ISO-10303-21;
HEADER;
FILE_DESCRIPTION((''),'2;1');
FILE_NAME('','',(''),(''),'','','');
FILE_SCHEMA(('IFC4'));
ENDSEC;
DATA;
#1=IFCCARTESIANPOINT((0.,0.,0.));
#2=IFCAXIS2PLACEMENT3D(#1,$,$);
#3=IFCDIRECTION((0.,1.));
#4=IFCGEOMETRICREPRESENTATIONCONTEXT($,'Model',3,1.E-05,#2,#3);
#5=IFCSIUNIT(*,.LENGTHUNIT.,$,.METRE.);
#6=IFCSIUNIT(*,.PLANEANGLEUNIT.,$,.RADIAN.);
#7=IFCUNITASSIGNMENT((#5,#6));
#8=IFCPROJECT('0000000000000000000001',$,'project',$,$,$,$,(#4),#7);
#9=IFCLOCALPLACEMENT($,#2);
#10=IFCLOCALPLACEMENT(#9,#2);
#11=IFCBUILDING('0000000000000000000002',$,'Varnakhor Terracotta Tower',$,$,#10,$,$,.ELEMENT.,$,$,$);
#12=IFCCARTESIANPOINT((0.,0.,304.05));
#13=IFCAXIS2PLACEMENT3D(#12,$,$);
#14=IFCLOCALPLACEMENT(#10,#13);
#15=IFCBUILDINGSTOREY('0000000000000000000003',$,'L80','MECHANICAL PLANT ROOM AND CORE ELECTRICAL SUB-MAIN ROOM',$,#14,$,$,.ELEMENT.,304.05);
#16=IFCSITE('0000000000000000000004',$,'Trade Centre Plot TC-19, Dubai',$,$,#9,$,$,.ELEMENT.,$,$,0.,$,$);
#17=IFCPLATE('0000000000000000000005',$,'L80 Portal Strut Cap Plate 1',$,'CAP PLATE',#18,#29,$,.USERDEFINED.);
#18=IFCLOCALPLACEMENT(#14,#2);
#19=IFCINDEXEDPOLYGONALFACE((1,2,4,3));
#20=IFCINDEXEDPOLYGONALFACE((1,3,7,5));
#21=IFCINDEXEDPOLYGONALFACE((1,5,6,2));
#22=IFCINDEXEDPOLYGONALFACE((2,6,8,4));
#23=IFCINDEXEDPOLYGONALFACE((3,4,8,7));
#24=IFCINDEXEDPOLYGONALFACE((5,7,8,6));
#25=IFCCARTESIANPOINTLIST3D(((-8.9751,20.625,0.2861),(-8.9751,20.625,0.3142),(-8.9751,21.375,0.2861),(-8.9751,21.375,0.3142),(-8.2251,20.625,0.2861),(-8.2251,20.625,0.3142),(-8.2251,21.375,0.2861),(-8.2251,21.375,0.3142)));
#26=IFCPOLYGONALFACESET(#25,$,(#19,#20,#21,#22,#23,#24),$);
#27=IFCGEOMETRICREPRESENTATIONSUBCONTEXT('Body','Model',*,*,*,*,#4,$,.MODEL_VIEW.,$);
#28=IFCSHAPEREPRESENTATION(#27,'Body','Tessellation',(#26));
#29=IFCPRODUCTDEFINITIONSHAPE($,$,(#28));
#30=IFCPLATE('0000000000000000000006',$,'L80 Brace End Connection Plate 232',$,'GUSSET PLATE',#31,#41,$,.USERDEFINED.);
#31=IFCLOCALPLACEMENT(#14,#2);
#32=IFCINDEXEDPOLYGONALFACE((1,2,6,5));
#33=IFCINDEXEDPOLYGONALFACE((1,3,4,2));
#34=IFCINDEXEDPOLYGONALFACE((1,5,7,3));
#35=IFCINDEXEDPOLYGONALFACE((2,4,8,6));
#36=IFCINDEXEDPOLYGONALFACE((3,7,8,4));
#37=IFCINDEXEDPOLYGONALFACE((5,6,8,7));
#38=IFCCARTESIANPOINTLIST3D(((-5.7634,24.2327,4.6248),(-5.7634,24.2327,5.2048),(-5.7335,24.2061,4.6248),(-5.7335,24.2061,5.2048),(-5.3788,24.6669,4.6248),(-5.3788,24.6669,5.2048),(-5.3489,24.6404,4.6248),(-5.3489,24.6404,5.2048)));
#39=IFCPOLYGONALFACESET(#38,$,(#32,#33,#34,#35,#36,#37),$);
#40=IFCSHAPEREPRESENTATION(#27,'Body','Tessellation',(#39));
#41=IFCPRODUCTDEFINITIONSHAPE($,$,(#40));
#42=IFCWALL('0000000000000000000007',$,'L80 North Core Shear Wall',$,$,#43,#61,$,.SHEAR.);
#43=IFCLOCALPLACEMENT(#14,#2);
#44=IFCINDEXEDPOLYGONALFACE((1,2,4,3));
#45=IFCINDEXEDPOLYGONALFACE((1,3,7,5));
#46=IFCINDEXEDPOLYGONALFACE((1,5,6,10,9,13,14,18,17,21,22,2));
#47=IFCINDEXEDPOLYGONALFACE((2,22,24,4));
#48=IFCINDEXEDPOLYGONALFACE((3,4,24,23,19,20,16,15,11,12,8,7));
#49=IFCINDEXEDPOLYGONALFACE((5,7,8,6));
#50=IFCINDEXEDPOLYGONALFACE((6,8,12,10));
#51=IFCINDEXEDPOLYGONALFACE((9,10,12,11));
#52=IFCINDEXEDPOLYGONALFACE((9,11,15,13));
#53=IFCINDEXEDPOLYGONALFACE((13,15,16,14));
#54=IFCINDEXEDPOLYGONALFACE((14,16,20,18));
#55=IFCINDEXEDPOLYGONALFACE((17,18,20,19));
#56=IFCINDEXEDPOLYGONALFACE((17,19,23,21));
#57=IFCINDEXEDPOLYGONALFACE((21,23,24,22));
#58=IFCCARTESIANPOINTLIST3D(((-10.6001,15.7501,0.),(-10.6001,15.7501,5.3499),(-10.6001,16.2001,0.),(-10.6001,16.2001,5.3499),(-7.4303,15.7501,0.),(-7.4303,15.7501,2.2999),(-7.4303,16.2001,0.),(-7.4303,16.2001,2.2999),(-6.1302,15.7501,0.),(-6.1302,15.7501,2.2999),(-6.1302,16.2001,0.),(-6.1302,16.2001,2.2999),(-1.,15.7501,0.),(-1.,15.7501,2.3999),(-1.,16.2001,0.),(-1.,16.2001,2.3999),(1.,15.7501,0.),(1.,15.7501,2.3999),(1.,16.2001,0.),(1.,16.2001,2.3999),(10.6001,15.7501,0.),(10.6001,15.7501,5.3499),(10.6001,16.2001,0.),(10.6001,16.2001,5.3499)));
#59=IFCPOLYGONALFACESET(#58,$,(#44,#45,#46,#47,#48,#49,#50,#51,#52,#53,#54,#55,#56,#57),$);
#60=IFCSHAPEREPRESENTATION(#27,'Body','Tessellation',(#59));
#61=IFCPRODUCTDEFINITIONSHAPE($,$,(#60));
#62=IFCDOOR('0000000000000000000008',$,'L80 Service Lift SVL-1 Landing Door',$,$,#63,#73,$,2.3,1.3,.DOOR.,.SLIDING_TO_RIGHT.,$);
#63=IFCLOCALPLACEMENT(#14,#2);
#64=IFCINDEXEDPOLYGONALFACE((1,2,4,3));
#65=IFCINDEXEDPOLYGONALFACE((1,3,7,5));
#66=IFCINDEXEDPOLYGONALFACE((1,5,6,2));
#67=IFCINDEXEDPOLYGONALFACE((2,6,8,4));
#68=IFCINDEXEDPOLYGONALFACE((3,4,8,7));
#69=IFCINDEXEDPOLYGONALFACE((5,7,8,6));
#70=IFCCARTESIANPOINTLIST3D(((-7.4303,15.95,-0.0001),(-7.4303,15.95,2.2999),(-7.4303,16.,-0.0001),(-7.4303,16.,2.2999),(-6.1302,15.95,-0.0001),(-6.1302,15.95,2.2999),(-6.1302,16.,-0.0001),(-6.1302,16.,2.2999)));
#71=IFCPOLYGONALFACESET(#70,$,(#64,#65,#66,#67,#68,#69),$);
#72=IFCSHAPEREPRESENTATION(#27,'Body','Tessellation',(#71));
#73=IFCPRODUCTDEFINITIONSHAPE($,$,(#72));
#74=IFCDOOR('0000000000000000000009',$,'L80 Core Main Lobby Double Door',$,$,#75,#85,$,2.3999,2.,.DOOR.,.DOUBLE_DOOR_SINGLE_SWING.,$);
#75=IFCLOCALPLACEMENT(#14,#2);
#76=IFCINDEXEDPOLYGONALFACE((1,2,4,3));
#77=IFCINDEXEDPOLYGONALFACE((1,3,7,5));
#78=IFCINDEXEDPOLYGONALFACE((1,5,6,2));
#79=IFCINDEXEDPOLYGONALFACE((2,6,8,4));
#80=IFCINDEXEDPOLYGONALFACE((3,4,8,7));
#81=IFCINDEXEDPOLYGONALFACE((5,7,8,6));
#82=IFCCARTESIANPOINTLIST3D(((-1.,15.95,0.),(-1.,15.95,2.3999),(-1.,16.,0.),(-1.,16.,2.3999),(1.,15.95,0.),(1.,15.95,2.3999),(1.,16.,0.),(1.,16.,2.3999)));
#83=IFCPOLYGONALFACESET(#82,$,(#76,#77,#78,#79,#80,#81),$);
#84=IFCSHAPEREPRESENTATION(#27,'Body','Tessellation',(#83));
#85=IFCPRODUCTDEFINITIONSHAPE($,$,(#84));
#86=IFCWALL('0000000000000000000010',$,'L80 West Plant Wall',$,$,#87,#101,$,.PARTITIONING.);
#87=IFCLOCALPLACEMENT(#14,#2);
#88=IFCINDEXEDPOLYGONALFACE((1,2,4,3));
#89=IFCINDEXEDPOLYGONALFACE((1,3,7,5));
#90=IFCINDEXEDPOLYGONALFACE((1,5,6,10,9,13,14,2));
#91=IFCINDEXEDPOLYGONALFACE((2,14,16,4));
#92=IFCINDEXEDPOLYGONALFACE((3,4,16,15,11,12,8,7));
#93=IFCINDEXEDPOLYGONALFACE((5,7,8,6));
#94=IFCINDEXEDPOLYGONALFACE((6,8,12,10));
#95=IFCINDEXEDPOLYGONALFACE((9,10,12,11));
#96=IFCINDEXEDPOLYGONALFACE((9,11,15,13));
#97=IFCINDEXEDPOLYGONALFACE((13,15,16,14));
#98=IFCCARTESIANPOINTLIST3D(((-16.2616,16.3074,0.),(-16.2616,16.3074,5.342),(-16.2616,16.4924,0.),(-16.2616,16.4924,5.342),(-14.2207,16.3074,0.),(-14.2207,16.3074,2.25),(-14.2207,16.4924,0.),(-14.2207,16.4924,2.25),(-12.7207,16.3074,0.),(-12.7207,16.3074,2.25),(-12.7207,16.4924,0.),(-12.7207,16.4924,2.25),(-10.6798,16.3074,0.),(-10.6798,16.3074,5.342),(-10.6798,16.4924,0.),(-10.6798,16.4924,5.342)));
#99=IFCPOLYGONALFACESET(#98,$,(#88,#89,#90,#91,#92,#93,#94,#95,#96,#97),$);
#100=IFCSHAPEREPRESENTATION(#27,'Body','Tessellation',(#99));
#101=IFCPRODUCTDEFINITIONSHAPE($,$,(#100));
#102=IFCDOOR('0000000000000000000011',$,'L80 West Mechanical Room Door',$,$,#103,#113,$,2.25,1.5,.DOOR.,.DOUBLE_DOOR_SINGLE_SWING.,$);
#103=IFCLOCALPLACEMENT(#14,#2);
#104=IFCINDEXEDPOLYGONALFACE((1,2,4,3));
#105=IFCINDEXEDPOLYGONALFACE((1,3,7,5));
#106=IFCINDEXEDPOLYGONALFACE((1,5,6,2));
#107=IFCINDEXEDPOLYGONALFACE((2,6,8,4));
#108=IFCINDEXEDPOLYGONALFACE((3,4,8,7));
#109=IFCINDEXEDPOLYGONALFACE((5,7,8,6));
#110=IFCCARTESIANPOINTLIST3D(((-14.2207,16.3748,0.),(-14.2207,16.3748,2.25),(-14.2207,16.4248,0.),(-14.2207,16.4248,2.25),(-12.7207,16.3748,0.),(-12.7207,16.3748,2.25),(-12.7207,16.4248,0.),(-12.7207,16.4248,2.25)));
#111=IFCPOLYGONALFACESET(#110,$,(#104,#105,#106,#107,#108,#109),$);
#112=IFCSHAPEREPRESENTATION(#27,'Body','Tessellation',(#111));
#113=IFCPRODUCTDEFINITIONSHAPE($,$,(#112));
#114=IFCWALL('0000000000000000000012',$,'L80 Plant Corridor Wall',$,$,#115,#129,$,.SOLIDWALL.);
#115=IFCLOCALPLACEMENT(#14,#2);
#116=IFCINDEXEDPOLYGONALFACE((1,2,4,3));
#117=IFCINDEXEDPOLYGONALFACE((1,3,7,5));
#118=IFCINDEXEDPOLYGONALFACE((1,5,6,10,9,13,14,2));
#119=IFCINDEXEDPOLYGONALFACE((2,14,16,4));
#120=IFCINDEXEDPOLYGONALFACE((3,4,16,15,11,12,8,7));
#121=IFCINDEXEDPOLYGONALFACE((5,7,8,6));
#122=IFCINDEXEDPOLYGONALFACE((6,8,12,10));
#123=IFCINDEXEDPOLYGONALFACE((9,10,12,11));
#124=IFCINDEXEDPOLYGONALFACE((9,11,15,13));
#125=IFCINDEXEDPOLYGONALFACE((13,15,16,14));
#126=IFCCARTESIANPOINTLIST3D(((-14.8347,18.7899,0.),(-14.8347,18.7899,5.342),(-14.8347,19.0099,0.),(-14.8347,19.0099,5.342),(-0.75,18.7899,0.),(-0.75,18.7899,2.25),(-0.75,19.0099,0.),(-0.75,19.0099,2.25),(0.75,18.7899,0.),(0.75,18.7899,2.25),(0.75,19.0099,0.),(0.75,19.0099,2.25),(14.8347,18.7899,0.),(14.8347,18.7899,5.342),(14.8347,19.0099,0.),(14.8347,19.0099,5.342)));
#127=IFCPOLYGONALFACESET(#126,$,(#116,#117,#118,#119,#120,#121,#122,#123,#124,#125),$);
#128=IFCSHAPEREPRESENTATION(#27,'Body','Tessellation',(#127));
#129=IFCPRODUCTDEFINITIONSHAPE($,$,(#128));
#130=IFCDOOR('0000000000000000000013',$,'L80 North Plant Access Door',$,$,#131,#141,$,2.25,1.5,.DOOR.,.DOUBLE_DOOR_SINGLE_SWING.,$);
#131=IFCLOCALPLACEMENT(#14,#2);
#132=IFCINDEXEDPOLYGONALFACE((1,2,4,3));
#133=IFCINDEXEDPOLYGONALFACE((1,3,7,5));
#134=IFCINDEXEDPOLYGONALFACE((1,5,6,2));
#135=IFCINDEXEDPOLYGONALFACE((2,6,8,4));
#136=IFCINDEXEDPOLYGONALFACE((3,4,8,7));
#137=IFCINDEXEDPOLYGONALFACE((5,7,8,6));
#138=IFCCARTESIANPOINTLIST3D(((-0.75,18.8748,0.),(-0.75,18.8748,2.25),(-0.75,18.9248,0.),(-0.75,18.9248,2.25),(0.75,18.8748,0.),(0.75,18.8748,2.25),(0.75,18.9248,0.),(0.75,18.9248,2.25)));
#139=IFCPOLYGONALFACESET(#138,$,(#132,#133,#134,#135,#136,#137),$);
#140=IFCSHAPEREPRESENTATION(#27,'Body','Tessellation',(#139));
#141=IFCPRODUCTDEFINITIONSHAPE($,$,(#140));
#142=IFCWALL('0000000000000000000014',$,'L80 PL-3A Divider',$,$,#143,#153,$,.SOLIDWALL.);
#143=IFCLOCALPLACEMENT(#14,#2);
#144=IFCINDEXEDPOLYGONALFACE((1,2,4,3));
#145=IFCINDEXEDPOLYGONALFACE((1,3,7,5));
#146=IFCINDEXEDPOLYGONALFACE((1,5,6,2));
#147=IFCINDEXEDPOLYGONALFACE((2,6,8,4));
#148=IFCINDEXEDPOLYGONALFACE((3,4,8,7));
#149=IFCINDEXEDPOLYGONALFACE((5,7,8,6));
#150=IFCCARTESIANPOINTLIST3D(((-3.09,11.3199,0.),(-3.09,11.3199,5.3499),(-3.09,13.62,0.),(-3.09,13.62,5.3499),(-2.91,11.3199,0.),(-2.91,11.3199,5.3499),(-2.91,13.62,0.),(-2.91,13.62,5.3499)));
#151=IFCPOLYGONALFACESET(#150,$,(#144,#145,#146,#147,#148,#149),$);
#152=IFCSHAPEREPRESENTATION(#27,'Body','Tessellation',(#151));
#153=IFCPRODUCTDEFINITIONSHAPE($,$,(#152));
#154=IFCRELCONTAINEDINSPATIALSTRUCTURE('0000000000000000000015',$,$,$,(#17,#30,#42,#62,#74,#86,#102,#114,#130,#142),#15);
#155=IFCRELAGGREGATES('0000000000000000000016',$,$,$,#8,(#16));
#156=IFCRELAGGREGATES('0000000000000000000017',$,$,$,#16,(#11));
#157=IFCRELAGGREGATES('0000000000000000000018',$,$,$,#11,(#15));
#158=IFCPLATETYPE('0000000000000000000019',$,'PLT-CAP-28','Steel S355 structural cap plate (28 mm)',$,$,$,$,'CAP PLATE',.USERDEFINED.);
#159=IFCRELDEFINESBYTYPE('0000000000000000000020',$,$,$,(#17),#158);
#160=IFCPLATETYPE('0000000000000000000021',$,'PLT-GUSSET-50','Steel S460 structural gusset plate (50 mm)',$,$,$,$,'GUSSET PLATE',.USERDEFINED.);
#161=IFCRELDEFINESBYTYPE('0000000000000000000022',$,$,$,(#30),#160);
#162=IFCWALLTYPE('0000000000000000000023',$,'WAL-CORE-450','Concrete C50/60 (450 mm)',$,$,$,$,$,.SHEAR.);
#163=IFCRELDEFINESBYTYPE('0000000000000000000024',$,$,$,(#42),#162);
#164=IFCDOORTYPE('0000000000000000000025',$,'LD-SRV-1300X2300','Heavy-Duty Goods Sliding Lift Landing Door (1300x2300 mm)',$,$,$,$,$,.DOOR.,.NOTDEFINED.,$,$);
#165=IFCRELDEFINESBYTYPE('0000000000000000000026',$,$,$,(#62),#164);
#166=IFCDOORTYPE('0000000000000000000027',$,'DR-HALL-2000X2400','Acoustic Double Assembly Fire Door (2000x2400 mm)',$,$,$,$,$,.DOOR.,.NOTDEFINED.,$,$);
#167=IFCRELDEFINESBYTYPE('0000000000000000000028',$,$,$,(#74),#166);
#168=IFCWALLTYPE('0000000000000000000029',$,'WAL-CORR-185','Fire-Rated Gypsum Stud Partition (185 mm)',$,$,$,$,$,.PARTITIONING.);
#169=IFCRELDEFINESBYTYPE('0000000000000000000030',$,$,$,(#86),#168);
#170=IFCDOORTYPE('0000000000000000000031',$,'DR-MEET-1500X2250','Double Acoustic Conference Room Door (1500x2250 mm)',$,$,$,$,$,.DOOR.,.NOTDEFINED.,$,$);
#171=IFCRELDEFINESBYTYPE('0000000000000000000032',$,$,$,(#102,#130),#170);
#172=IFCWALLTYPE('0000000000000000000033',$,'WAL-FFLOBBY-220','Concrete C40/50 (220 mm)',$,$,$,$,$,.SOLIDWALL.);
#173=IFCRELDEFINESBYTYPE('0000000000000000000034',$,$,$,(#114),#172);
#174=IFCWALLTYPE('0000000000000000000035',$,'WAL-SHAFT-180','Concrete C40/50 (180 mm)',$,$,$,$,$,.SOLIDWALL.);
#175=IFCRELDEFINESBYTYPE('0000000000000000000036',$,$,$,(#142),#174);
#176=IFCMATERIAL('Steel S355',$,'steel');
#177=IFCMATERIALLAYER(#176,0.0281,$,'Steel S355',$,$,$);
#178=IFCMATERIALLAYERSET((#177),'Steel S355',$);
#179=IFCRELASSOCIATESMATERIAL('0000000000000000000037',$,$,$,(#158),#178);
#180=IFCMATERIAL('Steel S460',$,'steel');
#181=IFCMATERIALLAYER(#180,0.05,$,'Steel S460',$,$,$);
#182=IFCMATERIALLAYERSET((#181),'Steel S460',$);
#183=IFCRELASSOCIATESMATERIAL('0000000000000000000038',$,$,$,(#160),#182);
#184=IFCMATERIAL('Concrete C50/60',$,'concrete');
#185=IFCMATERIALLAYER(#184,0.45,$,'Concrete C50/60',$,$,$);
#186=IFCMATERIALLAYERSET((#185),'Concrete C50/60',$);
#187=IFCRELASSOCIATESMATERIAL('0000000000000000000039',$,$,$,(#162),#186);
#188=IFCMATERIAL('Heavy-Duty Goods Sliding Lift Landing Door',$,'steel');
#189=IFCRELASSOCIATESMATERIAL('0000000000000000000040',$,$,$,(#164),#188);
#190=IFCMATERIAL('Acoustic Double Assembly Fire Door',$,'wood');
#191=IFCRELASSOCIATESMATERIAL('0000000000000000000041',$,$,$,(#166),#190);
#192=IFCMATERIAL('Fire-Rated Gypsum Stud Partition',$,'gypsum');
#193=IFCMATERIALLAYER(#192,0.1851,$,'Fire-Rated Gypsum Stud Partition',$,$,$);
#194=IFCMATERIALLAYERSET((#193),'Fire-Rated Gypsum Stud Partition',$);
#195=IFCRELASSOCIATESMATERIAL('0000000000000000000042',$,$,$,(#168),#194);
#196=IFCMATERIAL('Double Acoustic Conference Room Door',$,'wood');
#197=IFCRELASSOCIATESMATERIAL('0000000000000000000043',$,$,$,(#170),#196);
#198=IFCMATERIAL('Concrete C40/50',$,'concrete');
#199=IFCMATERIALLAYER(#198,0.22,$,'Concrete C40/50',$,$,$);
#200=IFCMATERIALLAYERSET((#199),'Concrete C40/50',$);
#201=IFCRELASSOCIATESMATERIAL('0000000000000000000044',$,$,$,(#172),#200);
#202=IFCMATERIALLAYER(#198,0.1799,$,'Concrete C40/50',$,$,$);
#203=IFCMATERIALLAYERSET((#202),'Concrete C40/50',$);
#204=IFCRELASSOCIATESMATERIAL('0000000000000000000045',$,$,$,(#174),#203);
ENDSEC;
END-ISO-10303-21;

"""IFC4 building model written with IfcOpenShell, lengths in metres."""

from ifc_helpers import new_model, si_unit, direction, frame, frame_2d, origin, origin_2d, place, context, subcontext, project, spatial, rectangle, extrude, source, transform, mapped, material, layer, layer_set, type_object, type_shapes, element, fill, save


model = new_model("IFC4")

# Units and contexts
model_context = context("Model", 3, precision=1e-05, world=origin(), true_north=direction((0.0, 1.0)))
body_context = subcontext(model_context, "Body", "Model", "MODEL_VIEW")
ifc_project = project(units=[si_unit("LENGTHUNIT", "METRE"), si_unit("PLANEANGLEUNIT", "RADIAN")], contexts=[model_context])

# Site, building, storey
site_placement = place(None, origin())
site = spatial("IfcSite", under=ifc_project, at=site_placement, Name="Trade Centre Plot TC-19, Dubai", CompositionType="ELEMENT", RefElevation=0.0)
building_placement = place(site_placement, origin())
building = spatial("IfcBuilding", under=site, at=building_placement, Name="Varnakhor Terracotta Tower", CompositionType="ELEMENT")
storey_placement = place(building_placement, frame((0.0, 0.0, 304.05)))
storey = spatial("IfcBuildingStorey", under=building, at=storey_placement, Name="L80", Description="MECHANICAL PLANT ROOM AND CORE ELECTRICAL SUB-MAIN ROOM", CompositionType="ELEMENT", Elevation=304.05)

# Shared definitions
ifc_material_1 = material(Name="Concrete C50/60", Category="concrete")

# Shared definitions
ifc_material_2 = material(Name="Steel S355", Category="steel")

# Shared definitions
ifc_material_3 = material(Name="Steel S460", Category="steel")

# Plates
ifc_layer_1 = layer(ifc_material_2, 0.0281, Name="Steel S355")
ifc_layer_set_1 = layer_set([ifc_layer_1], Name="Steel S355")
plate_type_1 = type_object("IfcPlateType", Name="PLT-CAP-28", Description="Steel S355 structural cap plate (28 mm)", ElementType="CAP PLATE", PredefinedType="USERDEFINED", material=ifc_layer_set_1)
shared_shape_1 = source(origin(), body_context, "Body", "SweptSolid", [
    extrude(rectangle(XDim=0.75, YDim=0.75, at=origin_2d()), origin(), (0.0, 0.0, 1.0), 0.0281),
])
type_shapes(plate_type_1, [shared_shape_1])
plate_1_placement = place(storey_placement, frame((-8.6001, 21.0, 0.2861), z_axis=(0.0, 0.0, 1.0), x_axis=(1.0, 0.0, 0.0)))
element("IfcPlate", 1, at=plate_1_placement, inside=storey, type_object=plate_type_1, Name="L80 Portal Strut Cap Plate 1", ObjectType="CAP PLATE", PredefinedType="USERDEFINED", context=body_context, shape_type="MappedRepresentation", body=[
    mapped(shared_shape_1, transform((0.0, 0.0, 0.0), scale=1.0)),
])
ifc_layer_2 = layer(ifc_material_3, 0.05, Name="Steel S460")
ifc_layer_set_2 = layer_set([ifc_layer_2], Name="Steel S460")
plate_type_2 = type_object("IfcPlateType", Name="PLT-GUSSET-50", Description="Steel S460 structural gusset plate (50 mm)", ElementType="GUSSET PLATE", PredefinedType="USERDEFINED", material=ifc_layer_set_2)
shared_shape_2 = source(origin(), body_context, "Body", "SweptSolid", [
    extrude(rectangle(XDim=0.5801, YDim=0.04, at=origin_2d()), origin(), (0.0, 0.0, 1.0), 0.5801),
])
plate_2_placement = place(storey_placement, frame((-5.5562, 24.4365, 4.6248), z_axis=(0.0, 0.0, 1.0), x_axis=(0.663038, 0.748586, 0.0)))
element("IfcPlate", 2, at=plate_2_placement, inside=storey, type_object=plate_type_2, Name="L80 Brace End Connection Plate 232", ObjectType="GUSSET PLATE", PredefinedType="USERDEFINED", context=body_context, shape_type="MappedRepresentation", body=[
    mapped(shared_shape_2, transform((0.0, 0.0, 0.0), scale=1.0)),
])

# Wall, openings, doors
ifc_layer_3 = layer(ifc_material_1, 0.45, Name="Concrete C50/60")
ifc_layer_set_3 = layer_set([ifc_layer_3], Name="Concrete C50/60")
wall_type_1 = type_object("IfcWallType", Name="WAL-CORE-450", Description="Concrete C50/60 (450 mm)", PredefinedType="SHEAR", material=ifc_layer_set_3)
wall_1_placement = place(storey_placement, frame((-10.6001, 15.9751, 0.0), z_axis=(0.0, 0.0, 1.0), x_axis=(1.0, 0.0, 0.0)))
wall_1 = element("IfcWall", 3, at=wall_1_placement, inside=storey, type_object=wall_type_1, Name="L80 North Core Shear Wall", PredefinedType="SHEAR", context=body_context, shape_type="SweptSolid", body=[
    extrude(rectangle(XDim=21.2002, YDim=0.45, at=frame_2d((10.6001, 0.0))), origin(), (0.0, 0.0, 1.0), 5.3499),
])
opening_1_placement = place(wall_1_placement, frame((3.1699, 0.0, 0.0)))
opening_1 = element("IfcOpeningElement", 4, at=opening_1_placement, cuts=wall_1, PredefinedType="OPENING", context=body_context, shape_type="SweptSolid", body=[
    extrude(rectangle(XDim=1.3, YDim=2.3, at=frame_2d((0.6499, 1.1499))), frame((0.0, 0.2349, 0.0), z_axis=(0.0, -1.0, 0.0), x_axis=(1.0, 0.0, 0.0)), (0.0, 0.0, 1.0), 0.47),
])
opening_2_placement = place(wall_1_placement, frame((9.6001, 0.0, 0.0)))
opening_2 = element("IfcOpeningElement", 5, at=opening_2_placement, cuts=wall_1, PredefinedType="OPENING", context=body_context, shape_type="SweptSolid", body=[
    extrude(rectangle(XDim=2.0, YDim=2.3999, at=frame_2d((1.0, 1.2))), frame((0.0, 0.2349, 0.0), z_axis=(0.0, -1.0, 0.0), x_axis=(1.0, 0.0, 0.0)), (0.0, 0.0, 1.0), 0.47),
])
ifc_material_4 = material(Name="Heavy-Duty Goods Sliding Lift Landing Door", Category="steel")
door_type_1 = type_object("IfcDoorType", Name="LD-SRV-1300X2300", Description="Heavy-Duty Goods Sliding Lift Landing Door (1300x2300 mm)", OperationType="NOTDEFINED", PredefinedType="DOOR", material=ifc_material_4)
shared_shape_3 = source(origin(), body_context, "Body", "SweptSolid", [
    extrude(rectangle(XDim=1.3, YDim=2.3, at=frame_2d((0.6499, 1.1499))), frame((0.0, 0.0249, 0.0), z_axis=(0.0, -1.0, 0.0), x_axis=(1.0, 0.0, 0.0)), (0.0, 0.0, 1.0), 0.05),
])
type_shapes(door_type_1, [shared_shape_3])
door_1_placement = place(opening_1_placement, origin())
door_1 = element("IfcDoor", 6, at=door_1_placement, inside=storey, type_object=door_type_1, Name="L80 Service Lift SVL-1 Landing Door", OperationType="SLIDING_TO_RIGHT", OverallHeight=2.3, OverallWidth=1.3, PredefinedType="DOOR", context=body_context, shape_type="MappedRepresentation", body=[
    mapped(shared_shape_3, transform((0.0, 0.0, 0.0), scale=1.0)),
])
fill(opening_1, door_1)
ifc_material_5 = material(Name="Acoustic Double Assembly Fire Door", Category="wood")
door_type_2 = type_object("IfcDoorType", Name="DR-HALL-2000X2400", Description="Acoustic Double Assembly Fire Door (2000x2400 mm)", OperationType="NOTDEFINED", PredefinedType="DOOR", material=ifc_material_5)
shared_shape_4 = source(origin(), body_context, "Body", "SweptSolid", [
    extrude(rectangle(XDim=2.0, YDim=2.3999, at=frame_2d((1.0, 1.2))), frame((0.0, 0.0249, 0.0), z_axis=(0.0, -1.0, 0.0), x_axis=(1.0, 0.0, 0.0)), (0.0, 0.0, 1.0), 0.05),
])
type_shapes(door_type_2, [shared_shape_4])
door_2_placement = place(opening_2_placement, origin())
door_2 = element("IfcDoor", 7, at=door_2_placement, inside=storey, type_object=door_type_2, Name="L80 Core Main Lobby Double Door", OperationType="DOUBLE_DOOR_SINGLE_SWING", OverallHeight=2.3999, OverallWidth=2.0, PredefinedType="DOOR", context=body_context, shape_type="MappedRepresentation", body=[
    mapped(shared_shape_4, transform((0.0, 0.0, 0.0), scale=1.0)),
])
fill(opening_2, door_2)

# Walls, openings, doors
ifc_material_6 = material(Name="Fire-Rated Gypsum Stud Partition", Category="gypsum")
ifc_layer_4 = layer(ifc_material_6, 0.1851, Name="Fire-Rated Gypsum Stud Partition")
ifc_layer_set_4 = layer_set([ifc_layer_4], Name="Fire-Rated Gypsum Stud Partition")
wall_type_2 = type_object("IfcWallType", Name="WAL-CORR-185", Description="Fire-Rated Gypsum Stud Partition (185 mm)", PredefinedType="PARTITIONING", material=ifc_layer_set_4)
wall_2_placement = place(storey_placement, frame((-16.2617, 16.3999, 0.0), z_axis=(0.0, 0.0, 1.0), x_axis=(1.0, 0.0, 0.0)))
wall_2 = element("IfcWall", 8, at=wall_2_placement, inside=storey, type_object=wall_type_2, Name="L80 West Plant Wall", PredefinedType="PARTITIONING", context=body_context, shape_type="SweptSolid", body=[
    extrude(rectangle(XDim=5.5818, YDim=0.1851, at=frame_2d((2.791, 0.0))), origin(), (0.0, 0.0, 1.0), 5.342),
])
opening_3_placement = place(wall_2_placement, frame((2.041, 0.0, 0.0)))
opening_3 = element("IfcOpeningElement", 9, at=opening_3_placement, cuts=wall_2, PredefinedType="OPENING", context=body_context, shape_type="SweptSolid", body=[
    extrude(rectangle(XDim=1.5, YDim=2.25, at=frame_2d((0.75, 1.125))), frame((0.0, 0.1025, 0.0), z_axis=(0.0, -1.0, 0.0), x_axis=(1.0, 0.0, 0.0)), (0.0, 0.0, 1.0), 0.2051),
])
ifc_material_7 = material(Name="Double Acoustic Conference Room Door", Category="wood")
door_type_3 = type_object("IfcDoorType", Name="DR-MEET-1500X2250", Description="Double Acoustic Conference Room Door (1500x2250 mm)", OperationType="NOTDEFINED", PredefinedType="DOOR", material=ifc_material_7)
shared_shape_5 = source(origin(), body_context, "Body", "SweptSolid", [
    extrude(rectangle(XDim=1.5, YDim=2.25, at=frame_2d((0.75, 1.125))), frame((0.0, 0.0249, 0.0), z_axis=(0.0, -1.0, 0.0), x_axis=(1.0, 0.0, 0.0)), (0.0, 0.0, 1.0), 0.05),
])
type_shapes(door_type_3, [shared_shape_5])
door_3_placement = place(opening_3_placement, origin())
door_3 = element("IfcDoor", 10, at=door_3_placement, inside=storey, type_object=door_type_3, Name="L80 West Mechanical Room Door", OperationType="DOUBLE_DOOR_SINGLE_SWING", OverallHeight=2.25, OverallWidth=1.5, PredefinedType="DOOR", context=body_context, shape_type="MappedRepresentation", body=[
    mapped(shared_shape_5, transform((0.0, 0.0, 0.0), scale=1.0)),
])
fill(opening_3, door_3)
ifc_material_8 = material(Name="Concrete C40/50", Category="concrete")
ifc_layer_5 = layer(ifc_material_8, 0.22, Name="Concrete C40/50")
ifc_layer_set_5 = layer_set([ifc_layer_5], Name="Concrete C40/50")
wall_type_3 = type_object("IfcWallType", Name="WAL-FFLOBBY-220", Description="Concrete C40/50 (220 mm)", PredefinedType="SOLIDWALL", material=ifc_layer_set_5)
wall_3_placement = place(storey_placement, frame((-14.8347, 18.8999, 0.0), z_axis=(0.0, 0.0, 1.0), x_axis=(1.0, 0.0, 0.0)))
wall_3 = element("IfcWall", 11, at=wall_3_placement, inside=storey, type_object=wall_type_3, Name="L80 Plant Corridor Wall", PredefinedType="SOLIDWALL", context=body_context, shape_type="SweptSolid", body=[
    extrude(rectangle(XDim=29.6694, YDim=0.22, at=frame_2d((14.8347, 0.0))), origin(), (0.0, 0.0, 1.0), 5.342),
])
opening_4_placement = place(wall_3_placement, frame((14.0847, 0.0, 0.0)))
opening_4 = element("IfcOpeningElement", 12, at=opening_4_placement, cuts=wall_3, PredefinedType="OPENING", context=body_context, shape_type="SweptSolid", body=[
    extrude(rectangle(XDim=1.5, YDim=2.25, at=frame_2d((0.75, 1.125))), frame((0.0, 0.1201, 0.0), z_axis=(0.0, -1.0, 0.0), x_axis=(1.0, 0.0, 0.0)), (0.0, 0.0, 1.0), 0.24),
])
door_4_placement = place(opening_4_placement, origin())
door_4 = element("IfcDoor", 13, at=door_4_placement, inside=storey, type_object=door_type_3, Name="L80 North Plant Access Door", OperationType="DOUBLE_DOOR_SINGLE_SWING", OverallHeight=2.25, OverallWidth=1.5, PredefinedType="DOOR", context=body_context, shape_type="MappedRepresentation", body=[
    mapped(shared_shape_5, transform((0.0, 0.0, 0.0), scale=1.0)),
])
fill(opening_4, door_4)

# Wall
ifc_layer_6 = layer(ifc_material_8, 0.1799, Name="Concrete C40/50")
ifc_layer_set_6 = layer_set([ifc_layer_6], Name="Concrete C40/50")
wall_type_4 = type_object("IfcWallType", Name="WAL-SHAFT-180", Description="Concrete C40/50 (180 mm)", PredefinedType="SOLIDWALL", material=ifc_layer_set_6)
wall_4_placement = place(storey_placement, frame((-3.0, 11.3201, 0.0), z_axis=(0.0, 0.0, 1.0), x_axis=(0.0, 1.0, 0.0)))
element("IfcWall", 14, at=wall_4_placement, inside=storey, type_object=wall_type_4, Name="L80 PL-3A Divider", PredefinedType="SOLIDWALL", context=body_context, shape_type="SweptSolid", body=[
    extrude(rectangle(XDim=2.3, YDim=0.1799, at=frame_2d((1.1499, 0.0))), origin(), (0.0, 0.0, 1.0), 5.3499),
])

save(model, "model.ifc")
